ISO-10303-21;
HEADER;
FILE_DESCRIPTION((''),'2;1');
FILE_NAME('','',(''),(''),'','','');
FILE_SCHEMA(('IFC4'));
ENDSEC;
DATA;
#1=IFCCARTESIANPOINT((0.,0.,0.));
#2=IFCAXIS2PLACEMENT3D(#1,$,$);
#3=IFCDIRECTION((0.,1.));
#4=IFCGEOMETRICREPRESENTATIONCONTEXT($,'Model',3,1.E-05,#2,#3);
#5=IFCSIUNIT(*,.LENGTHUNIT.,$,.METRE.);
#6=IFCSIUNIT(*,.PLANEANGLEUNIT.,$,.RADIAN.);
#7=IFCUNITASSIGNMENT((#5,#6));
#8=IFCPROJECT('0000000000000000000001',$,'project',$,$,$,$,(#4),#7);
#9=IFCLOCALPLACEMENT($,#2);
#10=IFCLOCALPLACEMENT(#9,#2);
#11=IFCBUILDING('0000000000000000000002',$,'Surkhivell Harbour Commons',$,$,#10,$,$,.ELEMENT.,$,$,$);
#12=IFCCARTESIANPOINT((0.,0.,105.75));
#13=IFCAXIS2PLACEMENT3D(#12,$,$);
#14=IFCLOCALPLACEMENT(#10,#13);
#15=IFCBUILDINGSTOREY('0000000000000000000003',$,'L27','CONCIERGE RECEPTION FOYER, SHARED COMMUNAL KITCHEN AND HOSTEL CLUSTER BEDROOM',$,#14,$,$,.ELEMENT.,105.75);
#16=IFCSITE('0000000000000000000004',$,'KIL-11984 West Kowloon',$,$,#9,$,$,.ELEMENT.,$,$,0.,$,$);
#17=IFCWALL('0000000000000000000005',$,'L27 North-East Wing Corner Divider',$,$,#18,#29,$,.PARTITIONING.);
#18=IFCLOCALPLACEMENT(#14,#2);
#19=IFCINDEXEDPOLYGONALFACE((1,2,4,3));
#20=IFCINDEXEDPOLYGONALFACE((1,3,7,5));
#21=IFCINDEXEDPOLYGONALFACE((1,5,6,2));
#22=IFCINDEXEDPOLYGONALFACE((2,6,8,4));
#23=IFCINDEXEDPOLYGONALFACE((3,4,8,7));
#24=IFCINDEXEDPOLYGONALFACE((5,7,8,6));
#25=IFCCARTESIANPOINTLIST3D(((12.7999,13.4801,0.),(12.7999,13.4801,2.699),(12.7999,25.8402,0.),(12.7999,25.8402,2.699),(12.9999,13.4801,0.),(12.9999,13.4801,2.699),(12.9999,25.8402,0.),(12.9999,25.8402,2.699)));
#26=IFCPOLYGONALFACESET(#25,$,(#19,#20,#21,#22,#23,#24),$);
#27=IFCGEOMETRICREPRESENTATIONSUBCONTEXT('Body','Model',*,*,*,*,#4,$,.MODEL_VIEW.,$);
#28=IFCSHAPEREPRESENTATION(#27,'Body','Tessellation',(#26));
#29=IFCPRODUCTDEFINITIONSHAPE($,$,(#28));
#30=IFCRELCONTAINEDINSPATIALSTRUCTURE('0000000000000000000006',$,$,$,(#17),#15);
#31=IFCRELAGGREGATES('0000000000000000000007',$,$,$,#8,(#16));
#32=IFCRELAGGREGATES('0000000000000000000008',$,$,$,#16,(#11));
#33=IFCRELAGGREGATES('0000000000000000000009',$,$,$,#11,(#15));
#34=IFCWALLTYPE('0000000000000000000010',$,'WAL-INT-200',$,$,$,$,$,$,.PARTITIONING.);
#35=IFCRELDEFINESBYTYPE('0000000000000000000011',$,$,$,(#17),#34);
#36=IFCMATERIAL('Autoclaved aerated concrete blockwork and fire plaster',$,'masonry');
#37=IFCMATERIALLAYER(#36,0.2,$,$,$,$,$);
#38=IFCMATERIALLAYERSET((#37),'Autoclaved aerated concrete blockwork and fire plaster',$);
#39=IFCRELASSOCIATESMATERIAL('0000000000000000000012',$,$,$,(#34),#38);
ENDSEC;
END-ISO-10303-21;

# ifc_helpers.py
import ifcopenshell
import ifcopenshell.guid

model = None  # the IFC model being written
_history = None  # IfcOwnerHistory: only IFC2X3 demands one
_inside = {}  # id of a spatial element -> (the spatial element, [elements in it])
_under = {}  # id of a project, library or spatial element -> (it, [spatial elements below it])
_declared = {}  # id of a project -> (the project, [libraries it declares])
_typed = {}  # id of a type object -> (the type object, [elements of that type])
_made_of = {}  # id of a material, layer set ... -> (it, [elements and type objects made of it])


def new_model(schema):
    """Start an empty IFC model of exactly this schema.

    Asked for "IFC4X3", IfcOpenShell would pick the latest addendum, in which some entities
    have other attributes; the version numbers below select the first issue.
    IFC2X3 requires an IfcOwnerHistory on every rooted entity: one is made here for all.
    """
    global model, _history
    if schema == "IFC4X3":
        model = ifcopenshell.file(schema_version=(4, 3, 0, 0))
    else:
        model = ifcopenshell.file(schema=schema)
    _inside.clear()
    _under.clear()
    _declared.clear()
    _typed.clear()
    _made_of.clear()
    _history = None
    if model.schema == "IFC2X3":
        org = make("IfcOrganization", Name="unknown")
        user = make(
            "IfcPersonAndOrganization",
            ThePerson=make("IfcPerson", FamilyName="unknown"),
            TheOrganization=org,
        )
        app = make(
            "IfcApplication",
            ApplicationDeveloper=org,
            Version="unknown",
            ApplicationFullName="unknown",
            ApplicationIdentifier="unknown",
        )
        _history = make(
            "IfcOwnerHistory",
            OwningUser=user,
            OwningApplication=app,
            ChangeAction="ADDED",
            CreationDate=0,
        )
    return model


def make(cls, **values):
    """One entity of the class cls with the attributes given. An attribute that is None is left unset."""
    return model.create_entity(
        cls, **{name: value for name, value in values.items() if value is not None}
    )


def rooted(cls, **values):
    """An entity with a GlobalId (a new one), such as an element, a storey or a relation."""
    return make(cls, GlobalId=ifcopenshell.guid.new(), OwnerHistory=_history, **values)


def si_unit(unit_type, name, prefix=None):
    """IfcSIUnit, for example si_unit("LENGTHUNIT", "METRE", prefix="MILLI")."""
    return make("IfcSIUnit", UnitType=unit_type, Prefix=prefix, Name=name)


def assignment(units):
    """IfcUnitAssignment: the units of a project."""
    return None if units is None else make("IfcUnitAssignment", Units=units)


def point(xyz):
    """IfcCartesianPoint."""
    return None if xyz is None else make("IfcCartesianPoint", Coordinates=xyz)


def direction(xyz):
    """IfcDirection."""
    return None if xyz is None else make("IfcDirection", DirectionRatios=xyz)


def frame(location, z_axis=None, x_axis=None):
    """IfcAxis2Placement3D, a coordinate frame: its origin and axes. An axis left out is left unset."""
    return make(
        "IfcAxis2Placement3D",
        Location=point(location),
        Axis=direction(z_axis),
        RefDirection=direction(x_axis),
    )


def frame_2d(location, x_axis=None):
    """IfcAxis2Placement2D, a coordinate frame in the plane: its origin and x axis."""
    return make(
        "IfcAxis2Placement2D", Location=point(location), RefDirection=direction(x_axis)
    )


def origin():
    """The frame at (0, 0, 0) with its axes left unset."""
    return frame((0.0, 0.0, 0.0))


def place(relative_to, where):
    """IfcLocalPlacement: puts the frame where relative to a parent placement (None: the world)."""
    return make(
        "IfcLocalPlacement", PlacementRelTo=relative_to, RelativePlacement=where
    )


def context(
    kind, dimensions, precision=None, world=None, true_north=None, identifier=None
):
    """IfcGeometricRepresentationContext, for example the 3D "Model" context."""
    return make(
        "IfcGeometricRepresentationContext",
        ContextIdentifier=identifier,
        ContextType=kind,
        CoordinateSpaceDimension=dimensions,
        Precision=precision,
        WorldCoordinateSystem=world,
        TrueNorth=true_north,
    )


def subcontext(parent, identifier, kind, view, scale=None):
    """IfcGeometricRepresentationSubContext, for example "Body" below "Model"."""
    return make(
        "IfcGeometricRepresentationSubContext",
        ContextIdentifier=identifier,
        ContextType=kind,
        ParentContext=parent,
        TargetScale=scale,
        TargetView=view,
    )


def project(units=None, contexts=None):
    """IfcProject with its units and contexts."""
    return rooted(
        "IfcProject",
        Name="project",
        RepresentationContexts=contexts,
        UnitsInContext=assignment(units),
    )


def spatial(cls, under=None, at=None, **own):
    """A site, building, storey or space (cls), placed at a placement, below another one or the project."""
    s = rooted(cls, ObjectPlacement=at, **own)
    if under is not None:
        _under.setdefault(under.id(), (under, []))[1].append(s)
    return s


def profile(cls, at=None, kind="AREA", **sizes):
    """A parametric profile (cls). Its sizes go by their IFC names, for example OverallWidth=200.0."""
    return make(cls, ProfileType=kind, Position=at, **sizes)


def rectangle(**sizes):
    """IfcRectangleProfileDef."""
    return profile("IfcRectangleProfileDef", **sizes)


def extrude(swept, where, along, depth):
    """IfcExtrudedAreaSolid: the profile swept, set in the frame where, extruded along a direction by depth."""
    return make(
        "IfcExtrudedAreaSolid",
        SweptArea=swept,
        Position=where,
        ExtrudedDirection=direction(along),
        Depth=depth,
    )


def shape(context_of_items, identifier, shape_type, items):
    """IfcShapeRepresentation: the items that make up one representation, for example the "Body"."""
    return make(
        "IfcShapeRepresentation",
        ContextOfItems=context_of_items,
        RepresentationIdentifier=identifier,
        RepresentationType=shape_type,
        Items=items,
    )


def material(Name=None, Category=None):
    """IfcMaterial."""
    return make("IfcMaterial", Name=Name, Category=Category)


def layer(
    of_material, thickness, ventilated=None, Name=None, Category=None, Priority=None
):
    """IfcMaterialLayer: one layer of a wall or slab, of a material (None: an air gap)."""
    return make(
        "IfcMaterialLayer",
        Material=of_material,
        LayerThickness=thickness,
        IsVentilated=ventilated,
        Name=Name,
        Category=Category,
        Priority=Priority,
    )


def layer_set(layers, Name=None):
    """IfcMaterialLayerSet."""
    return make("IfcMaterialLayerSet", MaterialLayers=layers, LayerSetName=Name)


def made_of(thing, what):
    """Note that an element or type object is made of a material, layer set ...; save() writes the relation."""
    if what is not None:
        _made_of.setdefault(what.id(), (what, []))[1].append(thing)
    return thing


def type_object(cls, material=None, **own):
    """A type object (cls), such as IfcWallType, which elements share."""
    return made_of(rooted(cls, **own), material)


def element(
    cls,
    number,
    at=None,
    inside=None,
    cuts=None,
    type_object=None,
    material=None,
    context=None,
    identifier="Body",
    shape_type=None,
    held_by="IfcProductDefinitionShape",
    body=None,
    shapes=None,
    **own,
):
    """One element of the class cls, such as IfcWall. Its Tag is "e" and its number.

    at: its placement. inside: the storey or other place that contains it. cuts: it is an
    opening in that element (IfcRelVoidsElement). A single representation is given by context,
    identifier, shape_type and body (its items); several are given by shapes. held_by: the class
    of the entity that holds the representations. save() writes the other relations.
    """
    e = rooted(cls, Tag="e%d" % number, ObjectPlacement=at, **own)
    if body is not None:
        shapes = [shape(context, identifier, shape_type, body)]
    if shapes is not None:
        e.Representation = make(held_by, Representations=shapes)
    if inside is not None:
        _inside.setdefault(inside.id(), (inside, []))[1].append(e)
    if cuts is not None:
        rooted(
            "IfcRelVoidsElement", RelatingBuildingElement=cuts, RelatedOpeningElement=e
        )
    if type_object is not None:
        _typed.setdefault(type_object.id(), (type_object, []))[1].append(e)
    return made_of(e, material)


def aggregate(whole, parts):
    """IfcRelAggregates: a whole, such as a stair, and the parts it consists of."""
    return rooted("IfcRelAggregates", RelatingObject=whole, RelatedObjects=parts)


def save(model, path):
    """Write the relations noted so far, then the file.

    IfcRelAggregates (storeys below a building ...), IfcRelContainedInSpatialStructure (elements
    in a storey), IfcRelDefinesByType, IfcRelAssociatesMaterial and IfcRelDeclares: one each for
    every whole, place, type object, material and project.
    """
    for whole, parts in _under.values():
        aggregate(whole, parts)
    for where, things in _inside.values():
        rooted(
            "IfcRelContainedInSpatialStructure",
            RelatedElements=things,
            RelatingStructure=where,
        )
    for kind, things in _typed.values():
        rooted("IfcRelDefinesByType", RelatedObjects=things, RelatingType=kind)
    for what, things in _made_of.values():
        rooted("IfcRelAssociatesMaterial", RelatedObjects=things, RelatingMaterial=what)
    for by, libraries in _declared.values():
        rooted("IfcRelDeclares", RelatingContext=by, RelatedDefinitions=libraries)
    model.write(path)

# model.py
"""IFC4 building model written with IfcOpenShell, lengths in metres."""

from ifc_helpers import new_model, si_unit, direction, frame, frame_2d, origin, place, context, subcontext, project, spatial, rectangle, extrude, material, layer, layer_set, type_object, element, save


model = new_model("IFC4")

# Units and contexts
model_context = context("Model", 3, precision=1e-05, world=origin(), true_north=direction((0.0, 1.0)))
body_context = subcontext(model_context, "Body", "Model", "MODEL_VIEW")
ifc_project = project(units=[si_unit("LENGTHUNIT", "METRE"), si_unit("PLANEANGLEUNIT", "RADIAN")], contexts=[model_context])

# Site, building, storey
site_placement = place(None, origin())
site = spatial("IfcSite", under=ifc_project, at=site_placement, Name="KIL-11984 West Kowloon", CompositionType="ELEMENT", RefElevation=0.0)
building_placement = place(site_placement, origin())
building = spatial("IfcBuilding", under=site, at=building_placement, Name="Surkhivell Harbour Commons", CompositionType="ELEMENT")
storey_placement = place(building_placement, frame((0.0, 0.0, 105.75)))
storey = spatial("IfcBuildingStorey", under=building, at=storey_placement, Name="L27", Description="CONCIERGE RECEPTION FOYER, SHARED COMMUNAL KITCHEN AND HOSTEL CLUSTER BEDROOM", CompositionType="ELEMENT", Elevation=105.75)

# Wall
ifc_material_1 = material(Name="Autoclaved aerated concrete blockwork and fire plaster", Category="masonry")
ifc_layer_1 = layer(ifc_material_1, 0.2)
ifc_layer_set_1 = layer_set([ifc_layer_1], Name="Autoclaved aerated concrete blockwork and fire plaster")
wall_type_1 = type_object("IfcWallType", Name="WAL-INT-200", PredefinedType="PARTITIONING", material=ifc_layer_set_1)
wall_1_placement = place(storey_placement, frame((12.8999, 13.48, 0.0), z_axis=(0.0, 0.0, 1.0), x_axis=(0.0, 1.0, 0.0)))
element("IfcWall", 1, at=wall_1_placement, inside=storey, type_object=wall_type_1, Name="L27 North-East Wing Corner Divider", PredefinedType="PARTITIONING", context=body_context, shape_type="SweptSolid", body=[
    extrude(rectangle(XDim=12.3601, YDim=0.2, at=frame_2d((6.1802, 0.0))), origin(), (0.0, 0.0, 1.0), 2.699),
])

save(model, "model.ifc")
